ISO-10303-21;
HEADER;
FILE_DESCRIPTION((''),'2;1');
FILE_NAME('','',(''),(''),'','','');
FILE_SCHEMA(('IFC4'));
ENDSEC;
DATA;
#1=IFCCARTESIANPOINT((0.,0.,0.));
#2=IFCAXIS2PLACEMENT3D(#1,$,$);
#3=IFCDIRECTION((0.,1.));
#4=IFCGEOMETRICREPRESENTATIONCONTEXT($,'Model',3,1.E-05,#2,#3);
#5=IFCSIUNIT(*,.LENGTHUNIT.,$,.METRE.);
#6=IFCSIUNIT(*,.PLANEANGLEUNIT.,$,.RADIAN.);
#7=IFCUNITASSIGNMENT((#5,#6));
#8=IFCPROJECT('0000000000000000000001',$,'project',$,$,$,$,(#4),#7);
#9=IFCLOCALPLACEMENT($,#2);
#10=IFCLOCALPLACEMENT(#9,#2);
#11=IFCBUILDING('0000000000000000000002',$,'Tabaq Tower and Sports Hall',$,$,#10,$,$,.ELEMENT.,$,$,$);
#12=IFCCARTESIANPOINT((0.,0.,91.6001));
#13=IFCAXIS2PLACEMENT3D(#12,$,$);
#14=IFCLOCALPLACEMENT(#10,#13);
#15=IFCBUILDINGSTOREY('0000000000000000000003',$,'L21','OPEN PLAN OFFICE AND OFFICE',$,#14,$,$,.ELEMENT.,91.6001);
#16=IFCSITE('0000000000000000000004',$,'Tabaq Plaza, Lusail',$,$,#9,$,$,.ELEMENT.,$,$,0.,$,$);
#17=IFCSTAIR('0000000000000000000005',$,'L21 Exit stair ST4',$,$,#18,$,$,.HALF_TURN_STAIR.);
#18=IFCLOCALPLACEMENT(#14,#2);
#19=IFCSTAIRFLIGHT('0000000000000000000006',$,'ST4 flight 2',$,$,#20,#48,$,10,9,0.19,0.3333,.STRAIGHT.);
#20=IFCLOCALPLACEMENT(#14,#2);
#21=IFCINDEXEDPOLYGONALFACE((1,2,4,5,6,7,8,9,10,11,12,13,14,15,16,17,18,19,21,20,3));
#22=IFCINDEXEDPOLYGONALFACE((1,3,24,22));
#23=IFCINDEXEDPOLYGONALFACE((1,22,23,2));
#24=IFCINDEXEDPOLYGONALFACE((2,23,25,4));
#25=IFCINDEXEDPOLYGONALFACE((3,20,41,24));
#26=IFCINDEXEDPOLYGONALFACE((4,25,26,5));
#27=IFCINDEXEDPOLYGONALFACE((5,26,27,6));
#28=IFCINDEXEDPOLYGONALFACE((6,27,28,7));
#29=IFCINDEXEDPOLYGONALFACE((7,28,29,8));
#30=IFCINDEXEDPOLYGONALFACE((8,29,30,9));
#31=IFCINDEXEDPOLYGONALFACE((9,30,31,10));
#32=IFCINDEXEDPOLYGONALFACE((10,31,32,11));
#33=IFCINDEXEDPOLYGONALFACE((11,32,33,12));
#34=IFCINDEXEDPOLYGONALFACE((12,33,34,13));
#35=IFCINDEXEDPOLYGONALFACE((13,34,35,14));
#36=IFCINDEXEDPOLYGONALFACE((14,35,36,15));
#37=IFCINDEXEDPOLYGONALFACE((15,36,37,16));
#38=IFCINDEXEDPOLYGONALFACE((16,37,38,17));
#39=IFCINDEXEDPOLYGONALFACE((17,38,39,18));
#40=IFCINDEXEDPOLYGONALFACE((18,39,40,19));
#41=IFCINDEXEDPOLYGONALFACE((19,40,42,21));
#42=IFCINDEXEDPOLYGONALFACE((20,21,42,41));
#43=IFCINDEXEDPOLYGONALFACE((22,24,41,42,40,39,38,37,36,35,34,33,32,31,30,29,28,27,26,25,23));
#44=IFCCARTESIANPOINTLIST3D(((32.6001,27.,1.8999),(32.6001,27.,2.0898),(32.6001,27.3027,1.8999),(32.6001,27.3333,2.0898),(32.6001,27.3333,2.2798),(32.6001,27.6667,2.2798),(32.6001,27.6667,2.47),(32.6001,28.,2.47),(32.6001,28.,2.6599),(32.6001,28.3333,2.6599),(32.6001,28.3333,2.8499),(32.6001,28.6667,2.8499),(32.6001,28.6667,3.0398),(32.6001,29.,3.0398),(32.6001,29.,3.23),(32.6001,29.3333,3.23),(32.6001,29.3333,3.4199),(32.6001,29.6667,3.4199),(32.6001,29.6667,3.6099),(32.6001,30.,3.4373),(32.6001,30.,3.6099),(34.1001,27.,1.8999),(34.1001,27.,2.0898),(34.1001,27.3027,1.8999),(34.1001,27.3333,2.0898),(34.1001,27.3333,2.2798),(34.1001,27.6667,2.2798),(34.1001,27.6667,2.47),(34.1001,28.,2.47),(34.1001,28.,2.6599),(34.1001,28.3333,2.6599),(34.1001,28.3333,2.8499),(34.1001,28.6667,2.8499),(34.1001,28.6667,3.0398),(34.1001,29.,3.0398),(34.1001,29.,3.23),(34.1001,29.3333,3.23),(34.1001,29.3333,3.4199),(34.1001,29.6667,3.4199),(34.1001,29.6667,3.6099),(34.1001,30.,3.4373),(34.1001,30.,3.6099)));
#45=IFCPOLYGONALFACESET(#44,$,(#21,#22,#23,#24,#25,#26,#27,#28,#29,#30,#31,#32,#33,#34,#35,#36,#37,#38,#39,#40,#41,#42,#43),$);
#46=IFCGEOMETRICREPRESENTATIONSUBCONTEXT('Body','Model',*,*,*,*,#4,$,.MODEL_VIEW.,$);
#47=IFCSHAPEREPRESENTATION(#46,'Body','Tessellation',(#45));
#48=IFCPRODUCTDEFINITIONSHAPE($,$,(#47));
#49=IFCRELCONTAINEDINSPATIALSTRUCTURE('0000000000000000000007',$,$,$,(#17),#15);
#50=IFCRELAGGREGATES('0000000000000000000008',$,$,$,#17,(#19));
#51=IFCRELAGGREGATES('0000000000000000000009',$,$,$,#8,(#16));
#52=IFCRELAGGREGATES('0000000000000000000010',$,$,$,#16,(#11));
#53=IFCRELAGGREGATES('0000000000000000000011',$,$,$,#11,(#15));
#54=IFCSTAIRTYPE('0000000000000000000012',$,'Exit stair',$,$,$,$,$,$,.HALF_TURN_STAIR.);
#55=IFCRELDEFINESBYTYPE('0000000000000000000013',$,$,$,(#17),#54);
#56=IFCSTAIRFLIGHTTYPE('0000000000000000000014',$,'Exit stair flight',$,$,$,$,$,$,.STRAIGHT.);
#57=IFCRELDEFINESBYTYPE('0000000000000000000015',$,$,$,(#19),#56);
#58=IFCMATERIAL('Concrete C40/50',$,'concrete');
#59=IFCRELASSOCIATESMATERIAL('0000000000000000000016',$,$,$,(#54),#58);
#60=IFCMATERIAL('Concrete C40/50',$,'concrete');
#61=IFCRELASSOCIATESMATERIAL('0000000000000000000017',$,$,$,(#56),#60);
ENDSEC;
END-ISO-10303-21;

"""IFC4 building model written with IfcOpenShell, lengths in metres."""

from ifc_helpers import new_model, si_unit, direction, frame, origin, place, context, subcontext, project, spatial, polyline, outline, extrude, material, type_object, element, aggregate, save


model = new_model("IFC4")

# Units and contexts
model_context = context("Model", 3, precision=1e-05, world=origin(), true_north=direction((0.0, 1.0)))
body_context = subcontext(model_context, "Body", "Model", "MODEL_VIEW")
ifc_project = project(units=[si_unit("LENGTHUNIT", "METRE"), si_unit("PLANEANGLEUNIT", "RADIAN")], contexts=[model_context])

# Site, building, storey
site_placement = place(None, origin())
site = spatial("IfcSite", under=ifc_project, at=site_placement, Name="Tabaq Plaza, Lusail", CompositionType="ELEMENT", RefElevation=0.0)
building_placement = place(site_placement, origin())
building = spatial("IfcBuilding", under=site, at=building_placement, Name="Tabaq Tower and Sports Hall", CompositionType="ELEMENT")
storey_placement = place(building_placement, frame((0.0, 0.0, 91.6001)))
storey = spatial("IfcBuildingStorey", under=building, at=storey_placement, Name="L21", Description="OPEN PLAN OFFICE AND OFFICE", CompositionType="ELEMENT", Elevation=91.6001)

# Stair, stair flight
ifc_material_1 = material(Name="Concrete C40/50", Category="concrete")
stair_type = type_object("IfcStairType", Name="Exit stair", PredefinedType="HALF_TURN_STAIR", material=ifc_material_1)
stair_placement = place(storey_placement, origin())
stair = element("IfcStair", 1, at=stair_placement, inside=storey, type_object=stair_type, Name="L21 Exit stair ST4", PredefinedType="HALF_TURN_STAIR")
ifc_material_2 = material(Name="Concrete C40/50", Category="concrete")
stair_flight_type = type_object("IfcStairFlightType", Name="Exit stair flight", PredefinedType="STRAIGHT", material=ifc_material_2)
stair_flight_placement = place(storey_placement, frame((33.3501, 27.0, 1.8999), z_axis=(0.0, 0.0, 1.0), x_axis=(0.0, 1.0, 0.0)))
stair_flight = element("IfcStairFlight", 2, at=stair_flight_placement, type_object=stair_flight_type, Name="ST4 flight 2", NumberOfRisers=10, NumberOfTreads=9, PredefinedType="STRAIGHT", RiserHeight=0.19, TreadLength=0.3333, context=body_context, shape_type="SweptSolid", body=[
    extrude(outline(polyline([(0.0, 0.0), (0.0, 0.1899), (0.3333, 0.1899), (0.3333, 0.3799), (0.6667, 0.3799), (0.6667, 0.5701), (1.0, 0.5701), (1.0, 0.76), (1.3333, 0.76), (1.3333, 0.95), (1.6667, 0.95), (1.6667, 1.1399), (2.0, 1.1399), (2.0, 1.3301), (2.3333, 1.3301), (2.3333, 1.52), (2.6667, 1.52), (2.6667, 1.71), (3.0, 1.71), (3.0, 1.8999), (3.0, 1.5374), (0.3027, 0.0), (0.0, 0.0)])), frame((0.0, 0.75, 0.0), z_axis=(0.0, -1.0, 0.0), x_axis=(1.0, 0.0, 0.0)), (0.0, 0.0, 1.0), 1.5),
])
aggregate(stair, [stair_flight])

save(model, "model.ifc")
